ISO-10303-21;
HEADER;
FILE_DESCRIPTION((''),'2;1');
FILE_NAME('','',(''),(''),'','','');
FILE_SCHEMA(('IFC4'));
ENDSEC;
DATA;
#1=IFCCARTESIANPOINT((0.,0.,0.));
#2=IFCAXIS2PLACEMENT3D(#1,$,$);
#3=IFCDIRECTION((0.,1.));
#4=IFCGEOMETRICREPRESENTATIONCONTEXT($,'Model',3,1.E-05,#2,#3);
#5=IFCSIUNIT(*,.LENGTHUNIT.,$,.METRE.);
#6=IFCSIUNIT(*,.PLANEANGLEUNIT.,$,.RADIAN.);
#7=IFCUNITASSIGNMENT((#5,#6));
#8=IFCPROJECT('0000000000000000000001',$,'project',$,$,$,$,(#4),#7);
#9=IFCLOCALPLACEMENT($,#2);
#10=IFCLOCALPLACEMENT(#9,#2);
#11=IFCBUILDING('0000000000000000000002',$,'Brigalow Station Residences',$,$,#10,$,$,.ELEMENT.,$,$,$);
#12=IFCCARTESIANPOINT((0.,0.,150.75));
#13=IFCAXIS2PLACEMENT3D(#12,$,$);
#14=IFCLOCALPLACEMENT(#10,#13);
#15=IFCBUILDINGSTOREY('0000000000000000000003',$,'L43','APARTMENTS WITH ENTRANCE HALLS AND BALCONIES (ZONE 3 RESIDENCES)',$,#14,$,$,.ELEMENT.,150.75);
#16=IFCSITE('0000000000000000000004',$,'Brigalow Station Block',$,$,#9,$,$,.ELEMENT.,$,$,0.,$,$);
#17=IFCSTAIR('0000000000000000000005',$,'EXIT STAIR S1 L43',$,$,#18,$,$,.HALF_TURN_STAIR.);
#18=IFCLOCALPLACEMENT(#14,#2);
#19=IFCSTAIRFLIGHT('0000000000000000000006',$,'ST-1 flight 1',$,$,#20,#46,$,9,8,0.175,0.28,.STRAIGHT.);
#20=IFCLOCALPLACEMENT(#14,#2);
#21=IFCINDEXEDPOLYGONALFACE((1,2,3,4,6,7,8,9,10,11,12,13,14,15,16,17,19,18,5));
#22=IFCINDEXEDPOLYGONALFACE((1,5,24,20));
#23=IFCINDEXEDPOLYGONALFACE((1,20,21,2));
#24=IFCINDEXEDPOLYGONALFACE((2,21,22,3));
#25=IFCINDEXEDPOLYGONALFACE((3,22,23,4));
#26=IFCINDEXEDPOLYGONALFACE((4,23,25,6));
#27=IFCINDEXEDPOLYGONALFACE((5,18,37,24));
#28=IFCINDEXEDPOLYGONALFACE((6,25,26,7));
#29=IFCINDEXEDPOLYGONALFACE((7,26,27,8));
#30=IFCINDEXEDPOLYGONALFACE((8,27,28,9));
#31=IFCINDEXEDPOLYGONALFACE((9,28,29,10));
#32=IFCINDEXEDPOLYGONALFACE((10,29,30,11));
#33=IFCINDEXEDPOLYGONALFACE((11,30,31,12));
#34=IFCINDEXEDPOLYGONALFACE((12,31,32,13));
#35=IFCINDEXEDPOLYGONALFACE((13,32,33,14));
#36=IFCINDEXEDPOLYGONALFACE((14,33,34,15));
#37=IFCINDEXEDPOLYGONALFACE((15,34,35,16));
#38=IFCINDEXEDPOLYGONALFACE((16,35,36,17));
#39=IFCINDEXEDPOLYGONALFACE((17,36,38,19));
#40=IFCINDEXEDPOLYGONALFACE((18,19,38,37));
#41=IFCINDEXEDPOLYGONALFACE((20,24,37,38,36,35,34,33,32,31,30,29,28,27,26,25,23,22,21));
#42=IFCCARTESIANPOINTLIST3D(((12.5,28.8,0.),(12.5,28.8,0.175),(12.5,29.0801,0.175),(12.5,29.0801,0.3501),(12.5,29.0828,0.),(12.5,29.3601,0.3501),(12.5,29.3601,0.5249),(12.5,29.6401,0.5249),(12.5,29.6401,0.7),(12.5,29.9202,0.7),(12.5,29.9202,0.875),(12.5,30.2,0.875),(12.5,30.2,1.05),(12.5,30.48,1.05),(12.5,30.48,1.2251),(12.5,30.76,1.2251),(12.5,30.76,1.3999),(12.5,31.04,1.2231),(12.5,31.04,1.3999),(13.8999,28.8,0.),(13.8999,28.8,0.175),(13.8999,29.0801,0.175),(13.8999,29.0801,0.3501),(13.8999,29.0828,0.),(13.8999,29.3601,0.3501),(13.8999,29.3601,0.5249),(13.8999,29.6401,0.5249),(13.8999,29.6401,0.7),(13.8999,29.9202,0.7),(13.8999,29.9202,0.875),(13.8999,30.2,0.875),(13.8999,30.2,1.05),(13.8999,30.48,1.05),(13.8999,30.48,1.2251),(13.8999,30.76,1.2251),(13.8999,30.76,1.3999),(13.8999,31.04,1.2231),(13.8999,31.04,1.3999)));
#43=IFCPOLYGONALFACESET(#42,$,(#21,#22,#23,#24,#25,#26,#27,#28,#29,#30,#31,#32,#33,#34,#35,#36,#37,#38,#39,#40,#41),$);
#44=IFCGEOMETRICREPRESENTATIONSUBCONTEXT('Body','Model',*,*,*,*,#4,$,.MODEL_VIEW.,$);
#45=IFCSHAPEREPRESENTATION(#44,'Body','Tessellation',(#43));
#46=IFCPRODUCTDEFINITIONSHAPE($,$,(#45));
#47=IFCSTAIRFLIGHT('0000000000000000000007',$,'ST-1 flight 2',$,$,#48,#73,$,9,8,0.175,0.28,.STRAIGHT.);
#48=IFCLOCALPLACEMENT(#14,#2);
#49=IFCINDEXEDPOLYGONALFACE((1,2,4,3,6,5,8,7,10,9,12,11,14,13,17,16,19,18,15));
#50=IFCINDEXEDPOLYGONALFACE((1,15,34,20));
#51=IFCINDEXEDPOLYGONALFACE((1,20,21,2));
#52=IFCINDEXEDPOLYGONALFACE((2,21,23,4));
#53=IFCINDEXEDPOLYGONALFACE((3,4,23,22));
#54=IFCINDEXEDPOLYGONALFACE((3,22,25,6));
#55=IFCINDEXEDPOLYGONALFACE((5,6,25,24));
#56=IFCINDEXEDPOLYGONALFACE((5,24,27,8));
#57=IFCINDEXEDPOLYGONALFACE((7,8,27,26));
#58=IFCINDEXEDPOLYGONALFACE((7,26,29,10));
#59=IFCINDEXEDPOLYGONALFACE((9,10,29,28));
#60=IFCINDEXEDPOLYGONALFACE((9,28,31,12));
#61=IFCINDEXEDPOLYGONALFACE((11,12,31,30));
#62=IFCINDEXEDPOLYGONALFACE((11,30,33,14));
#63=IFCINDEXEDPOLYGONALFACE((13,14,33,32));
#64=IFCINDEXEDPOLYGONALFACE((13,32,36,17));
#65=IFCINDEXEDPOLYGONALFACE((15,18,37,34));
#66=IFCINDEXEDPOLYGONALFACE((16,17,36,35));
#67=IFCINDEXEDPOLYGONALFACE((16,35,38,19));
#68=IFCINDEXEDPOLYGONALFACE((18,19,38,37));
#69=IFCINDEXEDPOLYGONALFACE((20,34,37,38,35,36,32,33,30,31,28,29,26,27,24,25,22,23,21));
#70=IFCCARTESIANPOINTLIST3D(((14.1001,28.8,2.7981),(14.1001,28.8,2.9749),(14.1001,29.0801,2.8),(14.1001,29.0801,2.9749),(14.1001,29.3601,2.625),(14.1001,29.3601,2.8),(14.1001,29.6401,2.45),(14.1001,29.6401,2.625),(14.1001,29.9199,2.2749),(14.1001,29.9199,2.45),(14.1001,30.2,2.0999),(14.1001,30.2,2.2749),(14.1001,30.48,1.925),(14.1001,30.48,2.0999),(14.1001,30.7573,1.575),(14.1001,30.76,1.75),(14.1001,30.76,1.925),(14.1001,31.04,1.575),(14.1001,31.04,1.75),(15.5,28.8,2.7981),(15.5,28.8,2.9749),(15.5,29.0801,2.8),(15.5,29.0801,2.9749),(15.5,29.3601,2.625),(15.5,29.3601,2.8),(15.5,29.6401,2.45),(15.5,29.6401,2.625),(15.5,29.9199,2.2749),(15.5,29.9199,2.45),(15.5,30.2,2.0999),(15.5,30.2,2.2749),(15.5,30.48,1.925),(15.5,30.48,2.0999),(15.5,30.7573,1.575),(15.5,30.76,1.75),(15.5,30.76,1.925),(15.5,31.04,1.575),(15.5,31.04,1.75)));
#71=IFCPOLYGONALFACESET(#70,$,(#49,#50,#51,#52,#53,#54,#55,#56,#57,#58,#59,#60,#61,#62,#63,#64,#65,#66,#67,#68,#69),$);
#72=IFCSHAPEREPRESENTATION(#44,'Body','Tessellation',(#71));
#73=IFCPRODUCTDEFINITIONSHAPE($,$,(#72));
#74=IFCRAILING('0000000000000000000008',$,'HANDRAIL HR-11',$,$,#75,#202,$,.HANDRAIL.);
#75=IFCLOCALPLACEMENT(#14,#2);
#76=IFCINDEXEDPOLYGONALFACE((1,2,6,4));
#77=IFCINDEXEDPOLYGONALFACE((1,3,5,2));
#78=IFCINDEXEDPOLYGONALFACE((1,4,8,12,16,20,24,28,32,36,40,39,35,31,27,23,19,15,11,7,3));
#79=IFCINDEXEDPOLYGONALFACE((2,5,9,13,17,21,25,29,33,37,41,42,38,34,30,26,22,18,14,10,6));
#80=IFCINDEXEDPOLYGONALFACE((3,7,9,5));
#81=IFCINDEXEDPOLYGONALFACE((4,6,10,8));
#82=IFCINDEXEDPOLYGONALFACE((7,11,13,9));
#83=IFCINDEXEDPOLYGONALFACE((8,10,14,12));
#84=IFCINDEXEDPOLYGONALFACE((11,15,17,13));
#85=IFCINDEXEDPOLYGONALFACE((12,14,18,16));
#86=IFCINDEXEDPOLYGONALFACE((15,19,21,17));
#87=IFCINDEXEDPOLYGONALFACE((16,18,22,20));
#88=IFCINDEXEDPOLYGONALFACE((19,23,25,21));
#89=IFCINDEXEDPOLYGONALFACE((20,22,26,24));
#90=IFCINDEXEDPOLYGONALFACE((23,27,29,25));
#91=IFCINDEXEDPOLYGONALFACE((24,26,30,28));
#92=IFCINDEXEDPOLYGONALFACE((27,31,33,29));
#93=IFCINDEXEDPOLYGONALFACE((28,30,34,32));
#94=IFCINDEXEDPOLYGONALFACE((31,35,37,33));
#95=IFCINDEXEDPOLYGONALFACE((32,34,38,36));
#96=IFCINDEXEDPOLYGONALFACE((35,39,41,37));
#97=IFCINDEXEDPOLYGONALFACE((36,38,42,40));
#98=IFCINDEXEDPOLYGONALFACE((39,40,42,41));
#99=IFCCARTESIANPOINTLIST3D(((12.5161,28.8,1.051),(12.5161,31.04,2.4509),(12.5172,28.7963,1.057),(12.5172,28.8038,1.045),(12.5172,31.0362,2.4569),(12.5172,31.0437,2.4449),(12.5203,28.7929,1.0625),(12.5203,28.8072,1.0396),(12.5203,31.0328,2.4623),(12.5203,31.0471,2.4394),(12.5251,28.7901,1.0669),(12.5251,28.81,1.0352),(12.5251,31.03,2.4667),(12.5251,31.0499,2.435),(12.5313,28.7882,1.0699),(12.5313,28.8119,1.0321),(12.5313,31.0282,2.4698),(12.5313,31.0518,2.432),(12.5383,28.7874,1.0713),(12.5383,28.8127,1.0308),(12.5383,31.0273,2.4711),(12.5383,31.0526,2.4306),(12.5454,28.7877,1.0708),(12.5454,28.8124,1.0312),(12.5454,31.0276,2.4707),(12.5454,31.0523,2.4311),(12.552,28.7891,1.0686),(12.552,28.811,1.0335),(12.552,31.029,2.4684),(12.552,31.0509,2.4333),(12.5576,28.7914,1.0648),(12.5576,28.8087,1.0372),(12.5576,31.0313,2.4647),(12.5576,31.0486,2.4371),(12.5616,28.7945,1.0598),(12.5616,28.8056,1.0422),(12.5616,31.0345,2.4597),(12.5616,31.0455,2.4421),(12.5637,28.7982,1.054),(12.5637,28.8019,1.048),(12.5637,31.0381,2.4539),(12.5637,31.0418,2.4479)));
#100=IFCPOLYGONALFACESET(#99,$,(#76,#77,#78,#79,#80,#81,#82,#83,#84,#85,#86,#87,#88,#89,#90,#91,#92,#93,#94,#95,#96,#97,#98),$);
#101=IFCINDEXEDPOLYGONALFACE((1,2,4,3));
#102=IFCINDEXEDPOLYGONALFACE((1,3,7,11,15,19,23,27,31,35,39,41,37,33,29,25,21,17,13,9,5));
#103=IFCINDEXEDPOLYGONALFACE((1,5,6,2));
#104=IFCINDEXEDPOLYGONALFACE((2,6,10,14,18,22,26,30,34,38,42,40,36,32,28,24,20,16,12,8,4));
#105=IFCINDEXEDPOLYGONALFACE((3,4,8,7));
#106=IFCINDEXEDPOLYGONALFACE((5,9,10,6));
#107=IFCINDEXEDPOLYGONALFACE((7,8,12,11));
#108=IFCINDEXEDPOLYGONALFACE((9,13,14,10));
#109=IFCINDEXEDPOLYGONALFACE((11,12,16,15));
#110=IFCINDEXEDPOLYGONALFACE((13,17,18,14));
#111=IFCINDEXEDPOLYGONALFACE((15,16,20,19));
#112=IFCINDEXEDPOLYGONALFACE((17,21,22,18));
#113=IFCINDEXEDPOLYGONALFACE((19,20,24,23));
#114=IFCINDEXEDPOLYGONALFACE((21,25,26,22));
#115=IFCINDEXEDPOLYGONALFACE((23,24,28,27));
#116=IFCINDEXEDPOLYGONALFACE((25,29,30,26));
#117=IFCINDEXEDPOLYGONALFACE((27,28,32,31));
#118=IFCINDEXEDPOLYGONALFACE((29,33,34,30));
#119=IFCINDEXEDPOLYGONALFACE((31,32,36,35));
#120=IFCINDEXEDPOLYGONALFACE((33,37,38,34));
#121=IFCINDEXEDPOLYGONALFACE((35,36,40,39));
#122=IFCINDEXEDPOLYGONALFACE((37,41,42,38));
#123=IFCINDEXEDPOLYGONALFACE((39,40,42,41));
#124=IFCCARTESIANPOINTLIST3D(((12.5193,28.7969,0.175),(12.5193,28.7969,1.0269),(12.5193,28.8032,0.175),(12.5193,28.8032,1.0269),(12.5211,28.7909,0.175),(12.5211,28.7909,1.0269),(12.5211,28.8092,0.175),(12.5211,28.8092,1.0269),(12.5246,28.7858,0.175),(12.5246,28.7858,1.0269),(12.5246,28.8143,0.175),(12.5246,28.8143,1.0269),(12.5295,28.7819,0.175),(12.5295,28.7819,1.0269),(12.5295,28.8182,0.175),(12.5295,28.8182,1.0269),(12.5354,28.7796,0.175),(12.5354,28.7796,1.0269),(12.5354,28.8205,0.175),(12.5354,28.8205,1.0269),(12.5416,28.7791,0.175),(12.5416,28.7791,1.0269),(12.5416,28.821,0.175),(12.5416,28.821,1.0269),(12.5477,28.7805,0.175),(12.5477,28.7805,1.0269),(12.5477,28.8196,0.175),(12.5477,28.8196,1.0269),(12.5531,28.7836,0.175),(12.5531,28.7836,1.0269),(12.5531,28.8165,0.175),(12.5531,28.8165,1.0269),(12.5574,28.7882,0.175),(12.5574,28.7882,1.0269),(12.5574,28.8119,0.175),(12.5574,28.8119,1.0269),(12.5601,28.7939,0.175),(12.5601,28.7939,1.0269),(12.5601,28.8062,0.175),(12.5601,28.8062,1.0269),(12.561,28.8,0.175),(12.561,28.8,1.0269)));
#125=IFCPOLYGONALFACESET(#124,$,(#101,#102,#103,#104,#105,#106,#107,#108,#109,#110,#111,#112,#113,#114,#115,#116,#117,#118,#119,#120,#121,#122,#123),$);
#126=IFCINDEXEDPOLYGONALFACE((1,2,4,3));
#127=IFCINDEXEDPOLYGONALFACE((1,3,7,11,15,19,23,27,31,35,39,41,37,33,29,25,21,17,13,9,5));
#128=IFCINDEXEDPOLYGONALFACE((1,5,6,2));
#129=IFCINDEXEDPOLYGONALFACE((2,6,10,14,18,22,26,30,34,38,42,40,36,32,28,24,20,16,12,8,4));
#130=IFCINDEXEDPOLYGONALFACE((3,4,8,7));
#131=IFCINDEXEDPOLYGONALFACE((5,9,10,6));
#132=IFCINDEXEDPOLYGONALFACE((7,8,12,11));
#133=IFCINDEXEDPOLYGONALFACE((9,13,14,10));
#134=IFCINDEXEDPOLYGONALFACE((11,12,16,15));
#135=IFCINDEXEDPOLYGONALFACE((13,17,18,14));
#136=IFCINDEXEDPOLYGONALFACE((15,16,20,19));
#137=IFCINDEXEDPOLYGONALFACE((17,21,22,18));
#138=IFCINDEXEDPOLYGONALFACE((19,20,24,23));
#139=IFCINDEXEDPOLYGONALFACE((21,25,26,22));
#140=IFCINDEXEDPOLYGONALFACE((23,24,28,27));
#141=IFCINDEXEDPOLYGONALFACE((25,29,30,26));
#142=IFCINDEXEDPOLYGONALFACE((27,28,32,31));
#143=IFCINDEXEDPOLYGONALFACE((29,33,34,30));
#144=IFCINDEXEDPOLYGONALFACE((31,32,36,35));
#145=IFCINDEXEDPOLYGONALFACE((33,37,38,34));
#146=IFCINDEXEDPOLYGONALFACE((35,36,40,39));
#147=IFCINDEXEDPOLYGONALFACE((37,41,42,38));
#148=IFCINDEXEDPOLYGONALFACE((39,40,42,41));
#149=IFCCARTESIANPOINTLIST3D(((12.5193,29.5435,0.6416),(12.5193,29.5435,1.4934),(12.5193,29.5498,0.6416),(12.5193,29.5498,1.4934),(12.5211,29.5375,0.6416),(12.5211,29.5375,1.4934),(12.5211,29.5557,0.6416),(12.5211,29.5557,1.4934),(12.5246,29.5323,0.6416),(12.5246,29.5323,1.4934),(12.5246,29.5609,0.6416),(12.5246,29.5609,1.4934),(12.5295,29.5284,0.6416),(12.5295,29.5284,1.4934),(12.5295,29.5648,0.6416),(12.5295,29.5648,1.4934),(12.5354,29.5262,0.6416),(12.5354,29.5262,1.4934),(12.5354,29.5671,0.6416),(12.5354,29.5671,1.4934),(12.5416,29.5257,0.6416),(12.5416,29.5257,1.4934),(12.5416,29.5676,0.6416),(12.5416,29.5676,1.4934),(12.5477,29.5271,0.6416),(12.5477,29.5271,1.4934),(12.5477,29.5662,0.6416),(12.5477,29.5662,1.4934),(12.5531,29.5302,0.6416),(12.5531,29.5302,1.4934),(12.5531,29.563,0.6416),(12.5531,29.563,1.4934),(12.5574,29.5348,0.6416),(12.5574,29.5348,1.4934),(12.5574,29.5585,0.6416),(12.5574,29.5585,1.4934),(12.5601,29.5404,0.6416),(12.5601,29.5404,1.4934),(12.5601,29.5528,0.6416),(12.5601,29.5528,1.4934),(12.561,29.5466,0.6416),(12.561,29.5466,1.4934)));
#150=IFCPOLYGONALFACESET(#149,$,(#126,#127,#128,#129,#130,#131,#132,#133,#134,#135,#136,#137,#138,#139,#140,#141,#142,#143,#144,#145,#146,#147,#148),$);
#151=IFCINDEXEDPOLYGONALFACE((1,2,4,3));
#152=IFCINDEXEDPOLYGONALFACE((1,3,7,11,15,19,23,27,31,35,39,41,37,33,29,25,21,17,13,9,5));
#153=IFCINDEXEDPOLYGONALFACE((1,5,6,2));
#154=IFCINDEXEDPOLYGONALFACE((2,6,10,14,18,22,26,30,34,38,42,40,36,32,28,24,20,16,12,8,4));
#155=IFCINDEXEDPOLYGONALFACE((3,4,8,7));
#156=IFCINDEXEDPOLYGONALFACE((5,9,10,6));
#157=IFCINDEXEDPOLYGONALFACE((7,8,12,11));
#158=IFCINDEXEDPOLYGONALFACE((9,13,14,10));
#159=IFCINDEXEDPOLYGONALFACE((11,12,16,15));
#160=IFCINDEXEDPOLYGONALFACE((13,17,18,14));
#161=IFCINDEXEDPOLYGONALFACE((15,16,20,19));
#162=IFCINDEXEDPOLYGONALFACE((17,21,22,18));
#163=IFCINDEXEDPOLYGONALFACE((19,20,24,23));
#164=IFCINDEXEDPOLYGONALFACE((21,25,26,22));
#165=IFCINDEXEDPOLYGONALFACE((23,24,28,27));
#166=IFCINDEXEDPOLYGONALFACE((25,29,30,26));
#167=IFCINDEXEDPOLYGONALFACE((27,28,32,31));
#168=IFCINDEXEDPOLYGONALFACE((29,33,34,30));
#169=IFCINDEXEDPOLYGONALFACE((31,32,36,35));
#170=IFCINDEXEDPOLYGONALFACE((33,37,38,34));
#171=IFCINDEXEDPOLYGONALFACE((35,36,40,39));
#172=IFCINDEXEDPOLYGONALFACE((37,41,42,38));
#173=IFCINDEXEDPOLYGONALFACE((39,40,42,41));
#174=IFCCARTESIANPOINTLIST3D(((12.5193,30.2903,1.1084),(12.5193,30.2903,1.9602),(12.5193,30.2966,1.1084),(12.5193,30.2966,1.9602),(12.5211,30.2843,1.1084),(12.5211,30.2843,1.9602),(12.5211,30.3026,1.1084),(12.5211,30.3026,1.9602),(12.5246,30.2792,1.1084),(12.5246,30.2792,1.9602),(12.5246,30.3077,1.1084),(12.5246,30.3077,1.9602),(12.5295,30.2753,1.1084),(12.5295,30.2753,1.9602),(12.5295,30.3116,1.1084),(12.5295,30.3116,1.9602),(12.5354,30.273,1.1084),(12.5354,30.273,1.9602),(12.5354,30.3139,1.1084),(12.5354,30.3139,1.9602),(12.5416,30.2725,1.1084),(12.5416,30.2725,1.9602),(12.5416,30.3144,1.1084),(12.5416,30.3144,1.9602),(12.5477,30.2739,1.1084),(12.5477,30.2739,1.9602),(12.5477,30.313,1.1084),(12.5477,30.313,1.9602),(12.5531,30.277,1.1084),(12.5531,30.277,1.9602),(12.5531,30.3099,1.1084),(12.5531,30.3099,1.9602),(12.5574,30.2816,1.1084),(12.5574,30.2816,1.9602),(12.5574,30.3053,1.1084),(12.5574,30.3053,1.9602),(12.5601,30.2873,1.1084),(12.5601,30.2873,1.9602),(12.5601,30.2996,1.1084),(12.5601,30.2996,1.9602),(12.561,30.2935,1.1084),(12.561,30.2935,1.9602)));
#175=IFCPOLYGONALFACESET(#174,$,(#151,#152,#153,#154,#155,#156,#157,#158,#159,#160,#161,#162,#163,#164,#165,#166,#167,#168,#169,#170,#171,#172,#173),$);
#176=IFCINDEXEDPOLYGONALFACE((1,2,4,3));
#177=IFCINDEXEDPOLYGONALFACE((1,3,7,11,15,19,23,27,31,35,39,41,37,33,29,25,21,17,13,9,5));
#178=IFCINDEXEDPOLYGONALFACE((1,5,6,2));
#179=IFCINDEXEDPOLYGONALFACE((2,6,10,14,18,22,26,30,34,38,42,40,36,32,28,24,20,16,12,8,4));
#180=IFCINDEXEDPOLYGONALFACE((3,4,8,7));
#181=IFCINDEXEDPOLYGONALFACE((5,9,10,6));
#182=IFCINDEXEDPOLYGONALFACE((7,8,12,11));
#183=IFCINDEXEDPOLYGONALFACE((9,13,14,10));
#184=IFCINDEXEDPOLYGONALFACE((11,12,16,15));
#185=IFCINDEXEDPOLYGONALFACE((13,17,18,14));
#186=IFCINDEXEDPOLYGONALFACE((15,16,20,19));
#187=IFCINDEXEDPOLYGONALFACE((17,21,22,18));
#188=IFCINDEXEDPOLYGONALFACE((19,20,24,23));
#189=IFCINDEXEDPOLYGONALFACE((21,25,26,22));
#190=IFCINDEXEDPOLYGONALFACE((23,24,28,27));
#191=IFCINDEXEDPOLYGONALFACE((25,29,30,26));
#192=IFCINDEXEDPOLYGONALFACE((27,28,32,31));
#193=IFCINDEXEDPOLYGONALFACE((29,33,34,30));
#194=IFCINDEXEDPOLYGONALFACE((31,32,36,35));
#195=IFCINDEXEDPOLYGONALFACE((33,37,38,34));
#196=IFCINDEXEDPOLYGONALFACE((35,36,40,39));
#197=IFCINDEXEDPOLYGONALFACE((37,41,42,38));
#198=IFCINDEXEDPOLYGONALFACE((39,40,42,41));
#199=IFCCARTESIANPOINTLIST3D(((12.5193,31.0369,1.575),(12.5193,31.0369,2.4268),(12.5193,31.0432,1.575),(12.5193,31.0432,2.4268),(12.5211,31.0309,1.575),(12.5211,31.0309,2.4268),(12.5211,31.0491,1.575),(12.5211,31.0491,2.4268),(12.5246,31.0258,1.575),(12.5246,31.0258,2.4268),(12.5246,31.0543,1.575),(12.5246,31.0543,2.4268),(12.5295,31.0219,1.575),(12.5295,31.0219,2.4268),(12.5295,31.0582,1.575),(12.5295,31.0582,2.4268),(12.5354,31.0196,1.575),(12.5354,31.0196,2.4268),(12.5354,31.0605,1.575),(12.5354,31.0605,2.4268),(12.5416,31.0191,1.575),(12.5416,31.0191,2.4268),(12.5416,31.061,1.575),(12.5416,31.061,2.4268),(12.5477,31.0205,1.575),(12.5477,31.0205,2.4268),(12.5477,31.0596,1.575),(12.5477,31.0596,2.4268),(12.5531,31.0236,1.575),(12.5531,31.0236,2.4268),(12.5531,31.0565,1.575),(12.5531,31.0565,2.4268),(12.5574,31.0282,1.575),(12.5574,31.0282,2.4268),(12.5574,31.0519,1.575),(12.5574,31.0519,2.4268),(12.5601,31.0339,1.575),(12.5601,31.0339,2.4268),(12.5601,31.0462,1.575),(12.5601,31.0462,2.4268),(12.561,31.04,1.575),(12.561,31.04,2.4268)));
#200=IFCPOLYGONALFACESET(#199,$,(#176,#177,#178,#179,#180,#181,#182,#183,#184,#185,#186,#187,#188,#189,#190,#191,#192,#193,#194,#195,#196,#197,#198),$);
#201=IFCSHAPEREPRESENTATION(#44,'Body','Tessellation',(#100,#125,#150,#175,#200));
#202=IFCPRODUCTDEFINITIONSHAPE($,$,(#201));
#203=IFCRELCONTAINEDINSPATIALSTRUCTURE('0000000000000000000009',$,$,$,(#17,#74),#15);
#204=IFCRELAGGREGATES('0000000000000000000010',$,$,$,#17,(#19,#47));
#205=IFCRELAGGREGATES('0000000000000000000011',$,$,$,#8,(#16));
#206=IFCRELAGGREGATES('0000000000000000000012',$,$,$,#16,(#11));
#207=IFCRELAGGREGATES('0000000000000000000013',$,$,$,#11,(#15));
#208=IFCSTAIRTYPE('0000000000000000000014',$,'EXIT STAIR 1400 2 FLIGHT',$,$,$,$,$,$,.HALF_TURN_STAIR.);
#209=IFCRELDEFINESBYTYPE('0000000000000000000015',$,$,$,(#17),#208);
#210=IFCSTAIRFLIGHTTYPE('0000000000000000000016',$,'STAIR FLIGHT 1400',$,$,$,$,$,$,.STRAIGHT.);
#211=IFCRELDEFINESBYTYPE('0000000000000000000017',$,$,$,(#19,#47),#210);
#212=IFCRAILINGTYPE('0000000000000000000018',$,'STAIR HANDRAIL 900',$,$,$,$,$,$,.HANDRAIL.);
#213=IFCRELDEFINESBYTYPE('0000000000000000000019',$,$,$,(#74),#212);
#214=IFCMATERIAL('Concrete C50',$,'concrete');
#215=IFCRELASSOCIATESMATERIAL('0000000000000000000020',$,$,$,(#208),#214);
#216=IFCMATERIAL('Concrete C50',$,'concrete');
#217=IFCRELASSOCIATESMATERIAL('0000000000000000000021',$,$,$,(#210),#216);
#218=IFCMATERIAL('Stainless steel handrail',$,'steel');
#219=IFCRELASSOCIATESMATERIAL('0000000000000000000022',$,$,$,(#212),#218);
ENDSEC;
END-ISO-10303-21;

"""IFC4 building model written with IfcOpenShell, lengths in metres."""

from ifc_helpers import new_model, si_unit, direction, frame, origin, origin_2d, place, context, subcontext, project, spatial, polyline, circle, outline, extrude, material, type_object, element, aggregate, save


model = new_model("IFC4")

# Units and contexts
model_context = context("Model", 3, precision=1e-05, world=origin(), true_north=direction((0.0, 1.0)))
body_context = subcontext(model_context, "Body", "Model", "MODEL_VIEW")
ifc_project = project(units=[si_unit("LENGTHUNIT", "METRE"), si_unit("PLANEANGLEUNIT", "RADIAN")], contexts=[model_context])

# Site, building, storey
site_placement = place(None, origin())
site = spatial("IfcSite", under=ifc_project, at=site_placement, Name="Brigalow Station Block", CompositionType="ELEMENT", RefElevation=0.0)
building_placement = place(site_placement, origin())
building = spatial("IfcBuilding", under=site, at=building_placement, Name="Brigalow Station Residences", CompositionType="ELEMENT")
storey_placement = place(building_placement, frame((0.0, 0.0, 150.75)))
storey = spatial("IfcBuildingStorey", under=building, at=storey_placement, Name="L43", Description="APARTMENTS WITH ENTRANCE HALLS AND BALCONIES (ZONE 3 RESIDENCES)", CompositionType="ELEMENT", Elevation=150.75)

# Stair, stair flights
ifc_material_1 = material(Name="Concrete C50", Category="concrete")
stair_type = type_object("IfcStairType", Name="EXIT STAIR 1400 2 FLIGHT", PredefinedType="HALF_TURN_STAIR", material=ifc_material_1)
stair_placement = place(storey_placement, origin())
stair = element("IfcStair", 1, at=stair_placement, inside=storey, type_object=stair_type, Name="EXIT STAIR S1 L43", PredefinedType="HALF_TURN_STAIR")
ifc_material_2 = material(Name="Concrete C50", Category="concrete")
stair_flight_type = type_object("IfcStairFlightType", Name="STAIR FLIGHT 1400", PredefinedType="STRAIGHT", material=ifc_material_2)
stair_flight_1_placement = place(storey_placement, frame((13.2, 28.8, 0.0), z_axis=(0.0, 0.0, 1.0), x_axis=(0.0, 1.0, 0.0)))
stair_flight_1 = element("IfcStairFlight", 2, at=stair_flight_1_placement, type_object=stair_flight_type, Name="ST-1 flight 1", NumberOfRisers=9, NumberOfTreads=8, PredefinedType="STRAIGHT", RiserHeight=0.175, TreadLength=0.28, context=body_context, shape_type="SweptSolid", body=[
    extrude(outline(polyline([(0.0, 0.0), (0.0, 0.175), (0.28, 0.175), (0.28, 0.3501), (0.5601, 0.3501), (0.5601, 0.5249), (0.8401, 0.5249), (0.8401, 0.7), (1.1201, 0.7), (1.1201, 0.875), (1.3999, 0.875), (1.3999, 1.05), (1.6799, 1.05), (1.6799, 1.2251), (1.96, 1.2251), (1.96, 1.3999), (2.24, 1.3999), (2.24, 1.575), (2.24, 1.2231), (0.2827, 0.0), (0.0, 0.0)])), frame((0.0, 0.7, 0.0), z_axis=(0.0, -1.0, 0.0), x_axis=(1.0, 0.0, 0.0)), (0.0, 0.0, 1.0), 1.3999),
])
stair_flight_2_placement = place(storey_placement, frame((14.8, 31.04, 1.575), z_axis=(0.0, 0.0, 1.0), x_axis=(0.0, -1.0, 0.0)))
stair_flight_2 = element("IfcStairFlight", 3, at=stair_flight_2_placement, type_object=stair_flight_type, Name="ST-1 flight 2", NumberOfRisers=9, NumberOfTreads=8, PredefinedType="STRAIGHT", RiserHeight=0.175, TreadLength=0.28, context=body_context, shape_type="SweptSolid", body=[
    extrude(outline(polyline([(0.0, 0.0), (0.0, 0.175), (0.28, 0.175), (0.28, 0.3501), (0.5601, 0.3501), (0.5601, 0.5249), (0.8401, 0.5249), (0.8401, 0.7), (1.1201, 0.7), (1.1201, 0.875), (1.3999, 0.875), (1.3999, 1.05), (1.6799, 1.05), (1.6799, 1.2251), (1.96, 1.2251), (1.96, 1.3999), (2.24, 1.3999), (2.24, 1.575), (2.24, 1.2231), (0.2827, 0.0), (0.0, 0.0)])), frame((0.0, 0.7, 0.0), z_axis=(0.0, -1.0, 0.0), x_axis=(1.0, 0.0, 0.0)), (0.0, 0.0, 1.0), 1.3999),
])
aggregate(stair, [stair_flight_1, stair_flight_2])

# Railing
ifc_material_3 = material(Name="Stainless steel handrail", Category="steel")
railing_type_1 = type_object("IfcRailingType", Name="STAIR HANDRAIL 900", PredefinedType="HANDRAIL", material=ifc_material_3)
railing_1_placement = place(storey_placement, frame((12.54, 28.8, 0.175)))
element("IfcRailing", 4, at=railing_1_placement, inside=storey, type_object=railing_type_1, Name="HANDRAIL HR-11", PredefinedType="HANDRAIL", context=body_context, shape_type="SweptSolid", body=[
    extrude(circle(Radius=0.0239, at=origin_2d()), frame((0.0, 0.0, 0.876), z_axis=(0.0, 0.848014, 0.529974), x_axis=(-1.0, 0.0, 0.0)), (0.0, 0.0, 1.0), 2.6414),
    extrude(circle(Radius=0.021, at=origin_2d()), origin(), (0.0, 0.0, 1.0), 0.8518),
    extrude(circle(Radius=0.021, at=origin_2d()), frame((0.0, 0.7466, 0.4666)), (0.0, 0.0, 1.0), 0.8518),
    extrude(circle(Radius=0.021, at=origin_2d()), frame((0.0, 1.4934, 0.9333)), (0.0, 0.0, 1.0), 0.8518),
    extrude(circle(Radius=0.021, at=origin_2d()), frame((0.0, 2.24, 1.3999)), (0.0, 0.0, 1.0), 0.8518),
])

save(model, "model.ifc")
